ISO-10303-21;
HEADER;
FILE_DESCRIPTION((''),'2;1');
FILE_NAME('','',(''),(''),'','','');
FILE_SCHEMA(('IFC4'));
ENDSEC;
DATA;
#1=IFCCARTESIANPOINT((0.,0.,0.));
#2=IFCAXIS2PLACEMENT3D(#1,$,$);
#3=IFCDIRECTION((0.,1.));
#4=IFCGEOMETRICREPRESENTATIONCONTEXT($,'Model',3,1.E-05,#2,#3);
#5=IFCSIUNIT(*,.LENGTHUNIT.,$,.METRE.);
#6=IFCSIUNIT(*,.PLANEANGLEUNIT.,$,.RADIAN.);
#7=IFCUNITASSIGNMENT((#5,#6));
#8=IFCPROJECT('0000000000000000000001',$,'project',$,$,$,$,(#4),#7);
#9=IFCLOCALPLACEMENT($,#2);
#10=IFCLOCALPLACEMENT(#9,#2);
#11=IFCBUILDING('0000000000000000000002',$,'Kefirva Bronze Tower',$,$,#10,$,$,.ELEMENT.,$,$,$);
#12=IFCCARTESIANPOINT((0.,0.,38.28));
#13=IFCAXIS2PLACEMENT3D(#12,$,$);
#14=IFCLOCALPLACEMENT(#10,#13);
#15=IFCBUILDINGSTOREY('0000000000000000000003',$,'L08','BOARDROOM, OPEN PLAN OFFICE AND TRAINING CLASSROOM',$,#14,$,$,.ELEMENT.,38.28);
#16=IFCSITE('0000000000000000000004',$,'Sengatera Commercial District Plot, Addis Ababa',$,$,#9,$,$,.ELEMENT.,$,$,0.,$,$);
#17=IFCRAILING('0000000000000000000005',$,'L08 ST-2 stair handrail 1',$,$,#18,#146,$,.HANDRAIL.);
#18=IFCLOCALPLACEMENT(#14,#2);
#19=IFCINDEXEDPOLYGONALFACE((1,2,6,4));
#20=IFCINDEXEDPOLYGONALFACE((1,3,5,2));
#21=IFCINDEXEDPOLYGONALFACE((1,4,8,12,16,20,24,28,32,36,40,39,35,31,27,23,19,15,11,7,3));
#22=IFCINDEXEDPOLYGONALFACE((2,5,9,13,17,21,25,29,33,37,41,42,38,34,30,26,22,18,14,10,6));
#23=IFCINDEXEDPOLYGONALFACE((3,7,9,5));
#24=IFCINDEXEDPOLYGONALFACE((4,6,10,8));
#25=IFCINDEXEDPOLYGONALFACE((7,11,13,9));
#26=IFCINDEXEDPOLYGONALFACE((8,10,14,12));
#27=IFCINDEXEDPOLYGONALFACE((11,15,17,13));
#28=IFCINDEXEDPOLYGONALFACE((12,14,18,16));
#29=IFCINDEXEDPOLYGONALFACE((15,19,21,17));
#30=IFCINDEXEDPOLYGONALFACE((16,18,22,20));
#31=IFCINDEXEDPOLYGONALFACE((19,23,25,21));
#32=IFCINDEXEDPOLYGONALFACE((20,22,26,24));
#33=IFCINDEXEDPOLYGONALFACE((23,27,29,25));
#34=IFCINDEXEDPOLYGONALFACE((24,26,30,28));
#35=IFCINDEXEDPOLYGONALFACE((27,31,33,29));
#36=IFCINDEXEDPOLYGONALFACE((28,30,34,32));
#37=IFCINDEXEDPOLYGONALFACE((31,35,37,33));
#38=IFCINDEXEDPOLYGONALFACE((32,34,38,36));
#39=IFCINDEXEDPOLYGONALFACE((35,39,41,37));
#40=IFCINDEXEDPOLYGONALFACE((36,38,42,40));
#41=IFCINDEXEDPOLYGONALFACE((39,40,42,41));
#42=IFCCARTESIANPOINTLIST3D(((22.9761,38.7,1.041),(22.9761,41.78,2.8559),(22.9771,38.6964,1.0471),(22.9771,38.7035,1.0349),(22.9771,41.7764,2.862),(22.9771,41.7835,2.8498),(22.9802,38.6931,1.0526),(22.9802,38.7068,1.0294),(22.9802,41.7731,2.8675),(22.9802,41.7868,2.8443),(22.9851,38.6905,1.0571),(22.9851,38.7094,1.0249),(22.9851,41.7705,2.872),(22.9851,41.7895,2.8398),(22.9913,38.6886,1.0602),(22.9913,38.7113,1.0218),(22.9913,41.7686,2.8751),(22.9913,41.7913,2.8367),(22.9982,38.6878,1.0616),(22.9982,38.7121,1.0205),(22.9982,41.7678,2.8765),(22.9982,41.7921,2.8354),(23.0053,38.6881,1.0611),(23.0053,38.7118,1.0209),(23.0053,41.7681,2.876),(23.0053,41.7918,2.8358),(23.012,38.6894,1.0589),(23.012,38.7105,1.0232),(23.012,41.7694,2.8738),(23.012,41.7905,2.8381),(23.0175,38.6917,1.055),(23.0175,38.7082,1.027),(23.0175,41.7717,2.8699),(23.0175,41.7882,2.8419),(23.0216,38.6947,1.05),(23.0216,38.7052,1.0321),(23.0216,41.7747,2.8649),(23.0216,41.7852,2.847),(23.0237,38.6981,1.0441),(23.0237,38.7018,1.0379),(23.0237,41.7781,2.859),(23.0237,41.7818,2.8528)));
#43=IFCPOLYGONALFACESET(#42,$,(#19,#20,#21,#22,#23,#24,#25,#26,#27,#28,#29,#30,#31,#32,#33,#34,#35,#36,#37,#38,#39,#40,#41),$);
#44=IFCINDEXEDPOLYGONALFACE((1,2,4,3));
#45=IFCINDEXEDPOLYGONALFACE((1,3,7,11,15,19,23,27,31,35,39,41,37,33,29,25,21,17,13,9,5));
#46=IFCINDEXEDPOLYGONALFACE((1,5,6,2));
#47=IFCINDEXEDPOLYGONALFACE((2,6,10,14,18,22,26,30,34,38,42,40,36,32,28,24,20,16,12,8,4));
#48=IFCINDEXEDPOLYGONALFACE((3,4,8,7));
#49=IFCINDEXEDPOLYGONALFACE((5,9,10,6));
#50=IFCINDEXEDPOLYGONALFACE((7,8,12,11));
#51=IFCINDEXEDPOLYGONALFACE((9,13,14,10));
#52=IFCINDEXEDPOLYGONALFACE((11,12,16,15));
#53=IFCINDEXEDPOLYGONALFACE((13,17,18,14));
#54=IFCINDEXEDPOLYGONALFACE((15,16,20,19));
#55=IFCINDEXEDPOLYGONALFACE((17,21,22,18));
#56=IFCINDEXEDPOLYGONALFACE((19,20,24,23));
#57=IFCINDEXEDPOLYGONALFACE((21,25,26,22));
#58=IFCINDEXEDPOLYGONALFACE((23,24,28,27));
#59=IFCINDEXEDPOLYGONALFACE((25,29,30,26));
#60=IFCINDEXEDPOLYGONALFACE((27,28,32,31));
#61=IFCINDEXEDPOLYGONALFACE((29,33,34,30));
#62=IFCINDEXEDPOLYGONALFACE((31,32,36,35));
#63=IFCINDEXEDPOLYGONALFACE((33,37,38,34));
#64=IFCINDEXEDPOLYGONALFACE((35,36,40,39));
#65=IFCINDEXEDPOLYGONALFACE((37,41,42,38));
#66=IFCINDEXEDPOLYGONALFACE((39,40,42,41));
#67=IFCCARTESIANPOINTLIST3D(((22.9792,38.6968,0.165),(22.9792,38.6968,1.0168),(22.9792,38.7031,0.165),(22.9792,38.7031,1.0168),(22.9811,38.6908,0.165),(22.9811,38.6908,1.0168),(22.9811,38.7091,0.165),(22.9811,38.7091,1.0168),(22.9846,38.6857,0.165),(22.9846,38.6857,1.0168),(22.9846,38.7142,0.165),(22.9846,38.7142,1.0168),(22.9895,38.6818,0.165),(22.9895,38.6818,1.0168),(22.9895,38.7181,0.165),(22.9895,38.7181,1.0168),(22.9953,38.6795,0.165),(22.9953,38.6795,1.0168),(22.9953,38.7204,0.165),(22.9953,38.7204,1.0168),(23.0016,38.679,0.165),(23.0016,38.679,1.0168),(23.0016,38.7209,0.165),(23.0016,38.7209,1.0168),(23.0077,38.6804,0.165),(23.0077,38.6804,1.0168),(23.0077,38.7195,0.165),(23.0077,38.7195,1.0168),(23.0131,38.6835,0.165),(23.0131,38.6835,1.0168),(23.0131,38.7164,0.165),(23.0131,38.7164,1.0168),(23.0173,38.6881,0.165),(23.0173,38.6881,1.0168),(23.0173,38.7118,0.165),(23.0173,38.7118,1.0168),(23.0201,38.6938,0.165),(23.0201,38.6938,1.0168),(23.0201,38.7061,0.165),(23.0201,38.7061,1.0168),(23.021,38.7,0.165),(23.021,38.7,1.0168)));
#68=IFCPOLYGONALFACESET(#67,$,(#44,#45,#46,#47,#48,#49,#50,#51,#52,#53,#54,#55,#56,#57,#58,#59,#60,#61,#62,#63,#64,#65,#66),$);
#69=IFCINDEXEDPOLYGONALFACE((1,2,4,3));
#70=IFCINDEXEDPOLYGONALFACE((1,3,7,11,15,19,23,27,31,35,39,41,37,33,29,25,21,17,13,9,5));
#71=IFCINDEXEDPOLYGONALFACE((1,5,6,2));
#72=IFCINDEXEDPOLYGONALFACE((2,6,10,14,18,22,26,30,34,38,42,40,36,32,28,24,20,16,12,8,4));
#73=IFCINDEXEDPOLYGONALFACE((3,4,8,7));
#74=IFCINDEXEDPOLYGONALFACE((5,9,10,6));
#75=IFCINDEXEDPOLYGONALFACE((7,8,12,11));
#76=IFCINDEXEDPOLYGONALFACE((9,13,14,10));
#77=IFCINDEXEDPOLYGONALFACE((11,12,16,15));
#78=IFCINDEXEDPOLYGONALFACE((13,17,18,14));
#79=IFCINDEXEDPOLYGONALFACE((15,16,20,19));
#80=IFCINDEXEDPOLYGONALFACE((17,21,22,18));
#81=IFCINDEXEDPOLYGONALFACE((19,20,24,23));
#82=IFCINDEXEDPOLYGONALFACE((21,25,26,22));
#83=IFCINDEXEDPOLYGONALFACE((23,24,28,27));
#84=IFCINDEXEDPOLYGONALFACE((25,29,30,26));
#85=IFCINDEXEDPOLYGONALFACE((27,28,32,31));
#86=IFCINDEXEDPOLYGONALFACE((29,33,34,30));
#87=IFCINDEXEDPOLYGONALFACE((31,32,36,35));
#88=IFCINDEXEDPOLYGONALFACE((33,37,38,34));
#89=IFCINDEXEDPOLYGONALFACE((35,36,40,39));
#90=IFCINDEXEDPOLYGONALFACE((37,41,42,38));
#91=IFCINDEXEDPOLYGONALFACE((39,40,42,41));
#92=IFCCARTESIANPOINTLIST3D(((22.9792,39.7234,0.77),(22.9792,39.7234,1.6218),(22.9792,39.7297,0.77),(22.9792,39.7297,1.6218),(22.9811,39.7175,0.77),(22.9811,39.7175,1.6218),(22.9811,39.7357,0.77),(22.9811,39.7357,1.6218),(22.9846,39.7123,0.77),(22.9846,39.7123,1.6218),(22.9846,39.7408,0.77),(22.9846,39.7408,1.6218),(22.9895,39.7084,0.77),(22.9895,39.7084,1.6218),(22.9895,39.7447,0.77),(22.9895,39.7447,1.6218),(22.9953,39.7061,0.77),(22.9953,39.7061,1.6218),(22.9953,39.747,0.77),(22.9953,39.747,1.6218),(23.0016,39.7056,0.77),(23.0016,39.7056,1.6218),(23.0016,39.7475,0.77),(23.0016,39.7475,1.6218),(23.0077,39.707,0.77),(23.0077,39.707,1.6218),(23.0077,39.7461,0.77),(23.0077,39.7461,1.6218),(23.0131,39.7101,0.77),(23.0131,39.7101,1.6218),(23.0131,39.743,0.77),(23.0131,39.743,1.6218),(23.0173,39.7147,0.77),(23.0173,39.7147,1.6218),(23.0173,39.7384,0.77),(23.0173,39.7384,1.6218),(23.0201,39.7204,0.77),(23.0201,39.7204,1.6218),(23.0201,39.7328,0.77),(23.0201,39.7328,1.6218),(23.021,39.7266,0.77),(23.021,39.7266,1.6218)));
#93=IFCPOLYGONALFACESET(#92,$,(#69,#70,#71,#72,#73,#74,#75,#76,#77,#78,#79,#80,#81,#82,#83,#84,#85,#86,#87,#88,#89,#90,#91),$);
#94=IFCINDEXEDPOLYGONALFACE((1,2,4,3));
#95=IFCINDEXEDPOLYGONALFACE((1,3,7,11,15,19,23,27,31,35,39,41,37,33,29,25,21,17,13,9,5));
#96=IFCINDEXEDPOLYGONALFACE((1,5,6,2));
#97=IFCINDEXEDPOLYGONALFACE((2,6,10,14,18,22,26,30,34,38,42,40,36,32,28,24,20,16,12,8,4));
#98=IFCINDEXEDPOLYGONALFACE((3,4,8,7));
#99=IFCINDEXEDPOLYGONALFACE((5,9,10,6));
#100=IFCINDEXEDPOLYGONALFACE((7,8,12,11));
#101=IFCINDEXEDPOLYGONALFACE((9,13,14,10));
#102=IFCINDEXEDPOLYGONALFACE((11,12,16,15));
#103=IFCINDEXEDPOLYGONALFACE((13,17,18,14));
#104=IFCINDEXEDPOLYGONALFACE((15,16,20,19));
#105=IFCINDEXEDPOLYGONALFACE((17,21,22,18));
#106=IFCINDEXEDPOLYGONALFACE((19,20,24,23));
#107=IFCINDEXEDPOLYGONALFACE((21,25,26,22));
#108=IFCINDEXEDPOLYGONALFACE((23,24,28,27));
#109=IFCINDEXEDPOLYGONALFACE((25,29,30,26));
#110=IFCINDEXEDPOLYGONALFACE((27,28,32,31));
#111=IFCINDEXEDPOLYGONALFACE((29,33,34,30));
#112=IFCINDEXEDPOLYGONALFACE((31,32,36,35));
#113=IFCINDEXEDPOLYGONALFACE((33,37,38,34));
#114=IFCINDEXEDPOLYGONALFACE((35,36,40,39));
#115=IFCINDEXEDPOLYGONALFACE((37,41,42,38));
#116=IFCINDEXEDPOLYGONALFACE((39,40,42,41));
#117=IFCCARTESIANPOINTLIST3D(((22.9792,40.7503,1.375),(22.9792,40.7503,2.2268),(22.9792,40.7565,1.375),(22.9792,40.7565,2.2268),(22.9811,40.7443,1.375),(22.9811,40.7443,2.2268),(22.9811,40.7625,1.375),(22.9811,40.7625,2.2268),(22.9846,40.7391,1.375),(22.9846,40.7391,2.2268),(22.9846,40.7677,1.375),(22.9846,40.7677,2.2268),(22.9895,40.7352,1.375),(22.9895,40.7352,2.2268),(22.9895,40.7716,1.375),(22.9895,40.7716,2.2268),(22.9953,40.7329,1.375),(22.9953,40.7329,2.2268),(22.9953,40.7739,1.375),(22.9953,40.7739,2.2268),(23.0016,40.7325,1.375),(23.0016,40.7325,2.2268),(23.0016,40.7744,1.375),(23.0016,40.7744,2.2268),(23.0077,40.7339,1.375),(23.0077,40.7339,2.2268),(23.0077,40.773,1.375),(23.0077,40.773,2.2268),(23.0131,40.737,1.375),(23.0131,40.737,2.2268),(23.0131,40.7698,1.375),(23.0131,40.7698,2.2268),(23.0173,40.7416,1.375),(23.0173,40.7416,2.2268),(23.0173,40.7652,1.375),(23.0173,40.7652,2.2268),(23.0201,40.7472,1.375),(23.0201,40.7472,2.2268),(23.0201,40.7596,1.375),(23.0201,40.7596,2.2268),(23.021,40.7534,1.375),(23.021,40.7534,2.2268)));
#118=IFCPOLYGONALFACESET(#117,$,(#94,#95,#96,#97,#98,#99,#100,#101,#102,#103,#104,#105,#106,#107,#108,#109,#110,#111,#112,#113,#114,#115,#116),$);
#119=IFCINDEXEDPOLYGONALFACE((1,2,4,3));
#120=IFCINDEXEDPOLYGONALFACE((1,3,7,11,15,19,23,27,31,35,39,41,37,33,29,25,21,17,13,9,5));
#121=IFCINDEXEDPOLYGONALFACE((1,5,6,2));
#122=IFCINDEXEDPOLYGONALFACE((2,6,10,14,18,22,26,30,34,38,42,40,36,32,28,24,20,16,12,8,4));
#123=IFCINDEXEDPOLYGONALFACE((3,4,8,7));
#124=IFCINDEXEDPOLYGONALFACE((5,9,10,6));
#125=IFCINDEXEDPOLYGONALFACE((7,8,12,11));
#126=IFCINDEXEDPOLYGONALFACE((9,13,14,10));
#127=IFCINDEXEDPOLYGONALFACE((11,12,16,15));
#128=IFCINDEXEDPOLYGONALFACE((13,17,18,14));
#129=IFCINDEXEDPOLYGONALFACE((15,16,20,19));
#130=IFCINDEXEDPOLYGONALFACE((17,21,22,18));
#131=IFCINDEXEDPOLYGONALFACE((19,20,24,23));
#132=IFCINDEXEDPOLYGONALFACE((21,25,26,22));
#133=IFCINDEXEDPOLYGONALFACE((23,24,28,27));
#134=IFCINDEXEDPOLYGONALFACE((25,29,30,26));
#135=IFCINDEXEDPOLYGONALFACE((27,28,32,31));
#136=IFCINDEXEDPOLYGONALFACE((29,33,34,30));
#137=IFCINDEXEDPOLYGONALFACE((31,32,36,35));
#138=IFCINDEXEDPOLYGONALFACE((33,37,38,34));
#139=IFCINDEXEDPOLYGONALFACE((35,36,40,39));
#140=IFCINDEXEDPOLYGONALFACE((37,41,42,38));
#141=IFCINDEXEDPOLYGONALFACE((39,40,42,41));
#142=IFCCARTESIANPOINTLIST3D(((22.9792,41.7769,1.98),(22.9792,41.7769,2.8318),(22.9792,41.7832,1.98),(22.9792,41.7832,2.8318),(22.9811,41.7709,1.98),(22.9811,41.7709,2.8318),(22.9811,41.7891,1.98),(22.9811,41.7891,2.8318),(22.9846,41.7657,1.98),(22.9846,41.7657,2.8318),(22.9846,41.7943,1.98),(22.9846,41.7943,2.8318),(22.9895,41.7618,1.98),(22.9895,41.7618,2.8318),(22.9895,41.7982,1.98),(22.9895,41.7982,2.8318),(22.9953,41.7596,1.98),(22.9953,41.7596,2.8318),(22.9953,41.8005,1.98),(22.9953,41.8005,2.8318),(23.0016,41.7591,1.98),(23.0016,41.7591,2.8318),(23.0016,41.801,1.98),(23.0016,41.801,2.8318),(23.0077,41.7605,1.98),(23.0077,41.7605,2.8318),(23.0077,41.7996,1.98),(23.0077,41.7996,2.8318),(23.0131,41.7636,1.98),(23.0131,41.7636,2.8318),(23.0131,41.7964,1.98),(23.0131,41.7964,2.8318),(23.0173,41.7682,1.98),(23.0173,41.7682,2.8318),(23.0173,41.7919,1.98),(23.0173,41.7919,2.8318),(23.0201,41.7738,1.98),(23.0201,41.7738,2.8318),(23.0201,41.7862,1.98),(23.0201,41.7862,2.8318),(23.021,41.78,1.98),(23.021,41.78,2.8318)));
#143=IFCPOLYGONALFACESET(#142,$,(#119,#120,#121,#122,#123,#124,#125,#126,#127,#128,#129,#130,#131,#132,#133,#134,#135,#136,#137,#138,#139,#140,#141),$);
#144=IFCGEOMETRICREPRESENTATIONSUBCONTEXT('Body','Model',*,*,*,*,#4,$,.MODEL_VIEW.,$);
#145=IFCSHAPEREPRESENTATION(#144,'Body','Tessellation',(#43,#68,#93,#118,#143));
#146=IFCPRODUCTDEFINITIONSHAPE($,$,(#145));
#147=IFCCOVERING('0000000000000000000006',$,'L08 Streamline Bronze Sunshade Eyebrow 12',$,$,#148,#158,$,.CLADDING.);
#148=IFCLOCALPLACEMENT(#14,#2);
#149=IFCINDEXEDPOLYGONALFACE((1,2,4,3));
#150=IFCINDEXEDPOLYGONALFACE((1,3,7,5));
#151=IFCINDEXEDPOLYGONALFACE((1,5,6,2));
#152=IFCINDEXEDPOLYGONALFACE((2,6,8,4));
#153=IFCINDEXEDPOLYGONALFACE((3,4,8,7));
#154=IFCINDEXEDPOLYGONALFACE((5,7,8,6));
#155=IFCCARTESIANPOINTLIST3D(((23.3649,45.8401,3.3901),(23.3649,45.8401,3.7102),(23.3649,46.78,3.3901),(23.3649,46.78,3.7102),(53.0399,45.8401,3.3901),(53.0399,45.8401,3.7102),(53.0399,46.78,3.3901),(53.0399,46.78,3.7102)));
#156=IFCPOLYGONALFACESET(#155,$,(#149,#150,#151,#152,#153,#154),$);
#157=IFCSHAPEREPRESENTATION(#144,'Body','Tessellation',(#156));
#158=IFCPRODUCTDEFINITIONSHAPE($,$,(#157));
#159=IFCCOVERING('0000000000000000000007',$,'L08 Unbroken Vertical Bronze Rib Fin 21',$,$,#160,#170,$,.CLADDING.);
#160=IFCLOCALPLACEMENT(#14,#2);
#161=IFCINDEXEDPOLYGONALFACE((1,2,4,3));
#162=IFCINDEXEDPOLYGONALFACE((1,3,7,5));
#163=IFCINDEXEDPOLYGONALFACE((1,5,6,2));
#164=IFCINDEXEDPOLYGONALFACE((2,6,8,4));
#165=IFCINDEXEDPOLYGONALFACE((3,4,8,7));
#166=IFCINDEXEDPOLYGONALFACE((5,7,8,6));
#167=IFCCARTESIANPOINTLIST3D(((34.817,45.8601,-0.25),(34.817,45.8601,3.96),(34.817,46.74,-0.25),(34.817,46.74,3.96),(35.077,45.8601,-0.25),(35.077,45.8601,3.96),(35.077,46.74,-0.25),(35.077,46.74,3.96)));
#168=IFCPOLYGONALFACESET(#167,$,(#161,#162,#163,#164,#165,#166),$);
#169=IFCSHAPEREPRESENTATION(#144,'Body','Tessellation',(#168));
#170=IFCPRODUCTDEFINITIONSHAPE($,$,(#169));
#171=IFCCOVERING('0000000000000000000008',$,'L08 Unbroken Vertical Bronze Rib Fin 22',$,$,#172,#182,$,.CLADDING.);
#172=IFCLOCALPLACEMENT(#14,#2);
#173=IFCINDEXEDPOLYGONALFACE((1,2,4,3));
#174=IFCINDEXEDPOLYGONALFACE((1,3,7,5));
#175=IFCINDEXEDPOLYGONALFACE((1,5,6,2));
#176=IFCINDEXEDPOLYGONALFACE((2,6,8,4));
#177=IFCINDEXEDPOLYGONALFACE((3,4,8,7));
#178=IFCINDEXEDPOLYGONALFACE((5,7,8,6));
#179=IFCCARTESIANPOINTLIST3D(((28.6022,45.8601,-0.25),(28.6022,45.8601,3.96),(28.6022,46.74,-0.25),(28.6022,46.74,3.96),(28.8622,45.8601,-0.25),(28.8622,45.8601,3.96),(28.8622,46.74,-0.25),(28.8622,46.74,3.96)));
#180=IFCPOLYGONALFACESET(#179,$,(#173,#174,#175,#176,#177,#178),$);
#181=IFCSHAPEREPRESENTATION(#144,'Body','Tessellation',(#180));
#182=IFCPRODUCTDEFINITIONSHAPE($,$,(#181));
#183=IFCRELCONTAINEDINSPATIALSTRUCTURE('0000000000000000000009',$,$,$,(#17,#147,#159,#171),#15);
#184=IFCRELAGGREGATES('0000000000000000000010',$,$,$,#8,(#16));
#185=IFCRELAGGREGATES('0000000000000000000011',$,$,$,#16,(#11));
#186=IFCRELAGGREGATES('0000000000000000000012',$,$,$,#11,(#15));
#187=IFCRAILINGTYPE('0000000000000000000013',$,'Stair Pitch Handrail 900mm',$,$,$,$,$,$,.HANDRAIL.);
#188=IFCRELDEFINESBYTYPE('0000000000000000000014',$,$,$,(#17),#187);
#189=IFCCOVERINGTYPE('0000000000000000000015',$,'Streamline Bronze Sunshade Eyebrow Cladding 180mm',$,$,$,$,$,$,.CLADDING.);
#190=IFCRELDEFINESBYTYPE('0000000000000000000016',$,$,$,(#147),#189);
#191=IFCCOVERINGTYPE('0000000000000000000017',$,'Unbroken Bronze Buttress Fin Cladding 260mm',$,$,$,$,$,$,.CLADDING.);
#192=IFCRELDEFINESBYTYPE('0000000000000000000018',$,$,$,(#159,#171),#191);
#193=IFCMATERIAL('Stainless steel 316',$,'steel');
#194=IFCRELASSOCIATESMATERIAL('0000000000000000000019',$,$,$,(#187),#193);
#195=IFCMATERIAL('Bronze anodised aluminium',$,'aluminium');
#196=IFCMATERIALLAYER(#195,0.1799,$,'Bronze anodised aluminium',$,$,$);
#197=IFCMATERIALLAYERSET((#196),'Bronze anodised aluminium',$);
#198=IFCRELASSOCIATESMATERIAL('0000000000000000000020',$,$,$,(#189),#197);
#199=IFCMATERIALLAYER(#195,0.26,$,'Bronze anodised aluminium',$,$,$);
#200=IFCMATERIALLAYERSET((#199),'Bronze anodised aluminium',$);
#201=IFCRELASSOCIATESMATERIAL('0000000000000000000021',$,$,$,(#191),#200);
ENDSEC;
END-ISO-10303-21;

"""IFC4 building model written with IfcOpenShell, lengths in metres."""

from ifc_helpers import new_model, si_unit, direction, frame, origin, origin_2d, place, context, subcontext, project, spatial, rectangle, circle, extrude, material, layer, layer_set, type_object, element, save


model = new_model("IFC4")

# Units and contexts
model_context = context("Model", 3, precision=1e-05, world=origin(), true_north=direction((0.0, 1.0)))
body_context = subcontext(model_context, "Body", "Model", "MODEL_VIEW")
ifc_project = project(units=[si_unit("LENGTHUNIT", "METRE"), si_unit("PLANEANGLEUNIT", "RADIAN")], contexts=[model_context])

# Site, building, storey
site_placement = place(None, origin())
site = spatial("IfcSite", under=ifc_project, at=site_placement, Name="Sengatera Commercial District Plot, Addis Ababa", CompositionType="ELEMENT", RefElevation=0.0)
building_placement = place(site_placement, origin())
building = spatial("IfcBuilding", under=site, at=building_placement, Name="Kefirva Bronze Tower", CompositionType="ELEMENT")
storey_placement = place(building_placement, frame((0.0, 0.0, 38.28)))
storey = spatial("IfcBuildingStorey", under=building, at=storey_placement, Name="L08", Description="BOARDROOM, OPEN PLAN OFFICE AND TRAINING CLASSROOM", CompositionType="ELEMENT", Elevation=38.28)

# Shared definitions
ifc_material_1 = material(Name="Bronze anodised aluminium", Category="aluminium")

# Railing
ifc_material_2 = material(Name="Stainless steel 316", Category="steel")
railing_type_1 = type_object("IfcRailingType", Name="Stair Pitch Handrail 900mm", PredefinedType="HANDRAIL", material=ifc_material_2)
railing_1_placement = place(storey_placement, frame((23.0, 38.7, 0.165)))
element("IfcRailing", 1, at=railing_1_placement, inside=storey, type_object=railing_type_1, Name="L08 ST-2 stair handrail 1", PredefinedType="HANDRAIL", context=body_context, shape_type="SweptSolid", body=[
    extrude(circle(Radius=0.0239, at=origin_2d()), frame((0.0, 0.0, 0.876), z_axis=(0.0, 0.861551, 0.507671), x_axis=(-1.0, 0.0, 0.0)), (0.0, 0.0, 1.0), 3.575),
    extrude(circle(Radius=0.021, at=origin_2d()), origin(), (0.0, 0.0, 1.0), 0.8518),
    extrude(circle(Radius=0.021, at=origin_2d()), frame((0.0, 1.0266, 0.605)), (0.0, 0.0, 1.0), 0.8518),
    extrude(circle(Radius=0.021, at=origin_2d()), frame((0.0, 2.0535, 1.21)), (0.0, 0.0, 1.0), 0.8518),
    extrude(circle(Radius=0.021, at=origin_2d()), frame((0.0, 3.0801, 1.8149)), (0.0, 0.0, 1.0), 0.8518),
])

# Coverings
ifc_layer_1 = layer(ifc_material_1, 0.1799, Name="Bronze anodised aluminium")
ifc_layer_set_1 = layer_set([ifc_layer_1], Name="Bronze anodised aluminium")
covering_type_1 = type_object("IfcCoveringType", Name="Streamline Bronze Sunshade Eyebrow Cladding 180mm", PredefinedType="CLADDING", material=ifc_layer_set_1)
covering_1_placement = place(storey_placement, frame((38.2024, 46.3101, 3.3901), z_axis=(0.0, 0.0, 1.0), x_axis=(-1.0, 0.0, 0.0)))
element("IfcCovering", 2, at=covering_1_placement, inside=storey, type_object=covering_type_1, Name="L08 Streamline Bronze Sunshade Eyebrow 12", PredefinedType="CLADDING", context=body_context, shape_type="SweptSolid", body=[
    extrude(rectangle(XDim=29.675, YDim=0.9399, at=origin_2d()), origin(), (0.0, 0.0, 1.0), 0.3201),
])
ifc_layer_2 = layer(ifc_material_1, 0.26, Name="Bronze anodised aluminium")
ifc_layer_set_2 = layer_set([ifc_layer_2], Name="Bronze anodised aluminium")
covering_type_2 = type_object("IfcCoveringType", Name="Unbroken Bronze Buttress Fin Cladding 260mm", PredefinedType="CLADDING", material=ifc_layer_set_2)
for number, where, z_axis, x_axis, name in (
    (3, (34.947, 46.3, -0.25), (0.0, 0.0, 1.0), (-1.0, 0.0, 0.0), "L08 Unbroken Vertical Bronze Rib Fin 21"),
    (4, (28.7322, 46.3, -0.25), (0.0, 0.0, 1.0), (-1.0, 0.0, 0.0), "L08 Unbroken Vertical Bronze Rib Fin 22"),
):
    element("IfcCovering", number, at=place(storey_placement, frame(where, z_axis=z_axis, x_axis=x_axis)), inside=storey, type_object=covering_type_2, Name=name, PredefinedType="CLADDING", context=body_context, shape_type="SweptSolid", body=[
        extrude(rectangle(XDim=0.26, YDim=0.8799, at=origin_2d()), origin(), (0.0, 0.0, 1.0), 4.21),
    ])

save(model, "model.ifc")
